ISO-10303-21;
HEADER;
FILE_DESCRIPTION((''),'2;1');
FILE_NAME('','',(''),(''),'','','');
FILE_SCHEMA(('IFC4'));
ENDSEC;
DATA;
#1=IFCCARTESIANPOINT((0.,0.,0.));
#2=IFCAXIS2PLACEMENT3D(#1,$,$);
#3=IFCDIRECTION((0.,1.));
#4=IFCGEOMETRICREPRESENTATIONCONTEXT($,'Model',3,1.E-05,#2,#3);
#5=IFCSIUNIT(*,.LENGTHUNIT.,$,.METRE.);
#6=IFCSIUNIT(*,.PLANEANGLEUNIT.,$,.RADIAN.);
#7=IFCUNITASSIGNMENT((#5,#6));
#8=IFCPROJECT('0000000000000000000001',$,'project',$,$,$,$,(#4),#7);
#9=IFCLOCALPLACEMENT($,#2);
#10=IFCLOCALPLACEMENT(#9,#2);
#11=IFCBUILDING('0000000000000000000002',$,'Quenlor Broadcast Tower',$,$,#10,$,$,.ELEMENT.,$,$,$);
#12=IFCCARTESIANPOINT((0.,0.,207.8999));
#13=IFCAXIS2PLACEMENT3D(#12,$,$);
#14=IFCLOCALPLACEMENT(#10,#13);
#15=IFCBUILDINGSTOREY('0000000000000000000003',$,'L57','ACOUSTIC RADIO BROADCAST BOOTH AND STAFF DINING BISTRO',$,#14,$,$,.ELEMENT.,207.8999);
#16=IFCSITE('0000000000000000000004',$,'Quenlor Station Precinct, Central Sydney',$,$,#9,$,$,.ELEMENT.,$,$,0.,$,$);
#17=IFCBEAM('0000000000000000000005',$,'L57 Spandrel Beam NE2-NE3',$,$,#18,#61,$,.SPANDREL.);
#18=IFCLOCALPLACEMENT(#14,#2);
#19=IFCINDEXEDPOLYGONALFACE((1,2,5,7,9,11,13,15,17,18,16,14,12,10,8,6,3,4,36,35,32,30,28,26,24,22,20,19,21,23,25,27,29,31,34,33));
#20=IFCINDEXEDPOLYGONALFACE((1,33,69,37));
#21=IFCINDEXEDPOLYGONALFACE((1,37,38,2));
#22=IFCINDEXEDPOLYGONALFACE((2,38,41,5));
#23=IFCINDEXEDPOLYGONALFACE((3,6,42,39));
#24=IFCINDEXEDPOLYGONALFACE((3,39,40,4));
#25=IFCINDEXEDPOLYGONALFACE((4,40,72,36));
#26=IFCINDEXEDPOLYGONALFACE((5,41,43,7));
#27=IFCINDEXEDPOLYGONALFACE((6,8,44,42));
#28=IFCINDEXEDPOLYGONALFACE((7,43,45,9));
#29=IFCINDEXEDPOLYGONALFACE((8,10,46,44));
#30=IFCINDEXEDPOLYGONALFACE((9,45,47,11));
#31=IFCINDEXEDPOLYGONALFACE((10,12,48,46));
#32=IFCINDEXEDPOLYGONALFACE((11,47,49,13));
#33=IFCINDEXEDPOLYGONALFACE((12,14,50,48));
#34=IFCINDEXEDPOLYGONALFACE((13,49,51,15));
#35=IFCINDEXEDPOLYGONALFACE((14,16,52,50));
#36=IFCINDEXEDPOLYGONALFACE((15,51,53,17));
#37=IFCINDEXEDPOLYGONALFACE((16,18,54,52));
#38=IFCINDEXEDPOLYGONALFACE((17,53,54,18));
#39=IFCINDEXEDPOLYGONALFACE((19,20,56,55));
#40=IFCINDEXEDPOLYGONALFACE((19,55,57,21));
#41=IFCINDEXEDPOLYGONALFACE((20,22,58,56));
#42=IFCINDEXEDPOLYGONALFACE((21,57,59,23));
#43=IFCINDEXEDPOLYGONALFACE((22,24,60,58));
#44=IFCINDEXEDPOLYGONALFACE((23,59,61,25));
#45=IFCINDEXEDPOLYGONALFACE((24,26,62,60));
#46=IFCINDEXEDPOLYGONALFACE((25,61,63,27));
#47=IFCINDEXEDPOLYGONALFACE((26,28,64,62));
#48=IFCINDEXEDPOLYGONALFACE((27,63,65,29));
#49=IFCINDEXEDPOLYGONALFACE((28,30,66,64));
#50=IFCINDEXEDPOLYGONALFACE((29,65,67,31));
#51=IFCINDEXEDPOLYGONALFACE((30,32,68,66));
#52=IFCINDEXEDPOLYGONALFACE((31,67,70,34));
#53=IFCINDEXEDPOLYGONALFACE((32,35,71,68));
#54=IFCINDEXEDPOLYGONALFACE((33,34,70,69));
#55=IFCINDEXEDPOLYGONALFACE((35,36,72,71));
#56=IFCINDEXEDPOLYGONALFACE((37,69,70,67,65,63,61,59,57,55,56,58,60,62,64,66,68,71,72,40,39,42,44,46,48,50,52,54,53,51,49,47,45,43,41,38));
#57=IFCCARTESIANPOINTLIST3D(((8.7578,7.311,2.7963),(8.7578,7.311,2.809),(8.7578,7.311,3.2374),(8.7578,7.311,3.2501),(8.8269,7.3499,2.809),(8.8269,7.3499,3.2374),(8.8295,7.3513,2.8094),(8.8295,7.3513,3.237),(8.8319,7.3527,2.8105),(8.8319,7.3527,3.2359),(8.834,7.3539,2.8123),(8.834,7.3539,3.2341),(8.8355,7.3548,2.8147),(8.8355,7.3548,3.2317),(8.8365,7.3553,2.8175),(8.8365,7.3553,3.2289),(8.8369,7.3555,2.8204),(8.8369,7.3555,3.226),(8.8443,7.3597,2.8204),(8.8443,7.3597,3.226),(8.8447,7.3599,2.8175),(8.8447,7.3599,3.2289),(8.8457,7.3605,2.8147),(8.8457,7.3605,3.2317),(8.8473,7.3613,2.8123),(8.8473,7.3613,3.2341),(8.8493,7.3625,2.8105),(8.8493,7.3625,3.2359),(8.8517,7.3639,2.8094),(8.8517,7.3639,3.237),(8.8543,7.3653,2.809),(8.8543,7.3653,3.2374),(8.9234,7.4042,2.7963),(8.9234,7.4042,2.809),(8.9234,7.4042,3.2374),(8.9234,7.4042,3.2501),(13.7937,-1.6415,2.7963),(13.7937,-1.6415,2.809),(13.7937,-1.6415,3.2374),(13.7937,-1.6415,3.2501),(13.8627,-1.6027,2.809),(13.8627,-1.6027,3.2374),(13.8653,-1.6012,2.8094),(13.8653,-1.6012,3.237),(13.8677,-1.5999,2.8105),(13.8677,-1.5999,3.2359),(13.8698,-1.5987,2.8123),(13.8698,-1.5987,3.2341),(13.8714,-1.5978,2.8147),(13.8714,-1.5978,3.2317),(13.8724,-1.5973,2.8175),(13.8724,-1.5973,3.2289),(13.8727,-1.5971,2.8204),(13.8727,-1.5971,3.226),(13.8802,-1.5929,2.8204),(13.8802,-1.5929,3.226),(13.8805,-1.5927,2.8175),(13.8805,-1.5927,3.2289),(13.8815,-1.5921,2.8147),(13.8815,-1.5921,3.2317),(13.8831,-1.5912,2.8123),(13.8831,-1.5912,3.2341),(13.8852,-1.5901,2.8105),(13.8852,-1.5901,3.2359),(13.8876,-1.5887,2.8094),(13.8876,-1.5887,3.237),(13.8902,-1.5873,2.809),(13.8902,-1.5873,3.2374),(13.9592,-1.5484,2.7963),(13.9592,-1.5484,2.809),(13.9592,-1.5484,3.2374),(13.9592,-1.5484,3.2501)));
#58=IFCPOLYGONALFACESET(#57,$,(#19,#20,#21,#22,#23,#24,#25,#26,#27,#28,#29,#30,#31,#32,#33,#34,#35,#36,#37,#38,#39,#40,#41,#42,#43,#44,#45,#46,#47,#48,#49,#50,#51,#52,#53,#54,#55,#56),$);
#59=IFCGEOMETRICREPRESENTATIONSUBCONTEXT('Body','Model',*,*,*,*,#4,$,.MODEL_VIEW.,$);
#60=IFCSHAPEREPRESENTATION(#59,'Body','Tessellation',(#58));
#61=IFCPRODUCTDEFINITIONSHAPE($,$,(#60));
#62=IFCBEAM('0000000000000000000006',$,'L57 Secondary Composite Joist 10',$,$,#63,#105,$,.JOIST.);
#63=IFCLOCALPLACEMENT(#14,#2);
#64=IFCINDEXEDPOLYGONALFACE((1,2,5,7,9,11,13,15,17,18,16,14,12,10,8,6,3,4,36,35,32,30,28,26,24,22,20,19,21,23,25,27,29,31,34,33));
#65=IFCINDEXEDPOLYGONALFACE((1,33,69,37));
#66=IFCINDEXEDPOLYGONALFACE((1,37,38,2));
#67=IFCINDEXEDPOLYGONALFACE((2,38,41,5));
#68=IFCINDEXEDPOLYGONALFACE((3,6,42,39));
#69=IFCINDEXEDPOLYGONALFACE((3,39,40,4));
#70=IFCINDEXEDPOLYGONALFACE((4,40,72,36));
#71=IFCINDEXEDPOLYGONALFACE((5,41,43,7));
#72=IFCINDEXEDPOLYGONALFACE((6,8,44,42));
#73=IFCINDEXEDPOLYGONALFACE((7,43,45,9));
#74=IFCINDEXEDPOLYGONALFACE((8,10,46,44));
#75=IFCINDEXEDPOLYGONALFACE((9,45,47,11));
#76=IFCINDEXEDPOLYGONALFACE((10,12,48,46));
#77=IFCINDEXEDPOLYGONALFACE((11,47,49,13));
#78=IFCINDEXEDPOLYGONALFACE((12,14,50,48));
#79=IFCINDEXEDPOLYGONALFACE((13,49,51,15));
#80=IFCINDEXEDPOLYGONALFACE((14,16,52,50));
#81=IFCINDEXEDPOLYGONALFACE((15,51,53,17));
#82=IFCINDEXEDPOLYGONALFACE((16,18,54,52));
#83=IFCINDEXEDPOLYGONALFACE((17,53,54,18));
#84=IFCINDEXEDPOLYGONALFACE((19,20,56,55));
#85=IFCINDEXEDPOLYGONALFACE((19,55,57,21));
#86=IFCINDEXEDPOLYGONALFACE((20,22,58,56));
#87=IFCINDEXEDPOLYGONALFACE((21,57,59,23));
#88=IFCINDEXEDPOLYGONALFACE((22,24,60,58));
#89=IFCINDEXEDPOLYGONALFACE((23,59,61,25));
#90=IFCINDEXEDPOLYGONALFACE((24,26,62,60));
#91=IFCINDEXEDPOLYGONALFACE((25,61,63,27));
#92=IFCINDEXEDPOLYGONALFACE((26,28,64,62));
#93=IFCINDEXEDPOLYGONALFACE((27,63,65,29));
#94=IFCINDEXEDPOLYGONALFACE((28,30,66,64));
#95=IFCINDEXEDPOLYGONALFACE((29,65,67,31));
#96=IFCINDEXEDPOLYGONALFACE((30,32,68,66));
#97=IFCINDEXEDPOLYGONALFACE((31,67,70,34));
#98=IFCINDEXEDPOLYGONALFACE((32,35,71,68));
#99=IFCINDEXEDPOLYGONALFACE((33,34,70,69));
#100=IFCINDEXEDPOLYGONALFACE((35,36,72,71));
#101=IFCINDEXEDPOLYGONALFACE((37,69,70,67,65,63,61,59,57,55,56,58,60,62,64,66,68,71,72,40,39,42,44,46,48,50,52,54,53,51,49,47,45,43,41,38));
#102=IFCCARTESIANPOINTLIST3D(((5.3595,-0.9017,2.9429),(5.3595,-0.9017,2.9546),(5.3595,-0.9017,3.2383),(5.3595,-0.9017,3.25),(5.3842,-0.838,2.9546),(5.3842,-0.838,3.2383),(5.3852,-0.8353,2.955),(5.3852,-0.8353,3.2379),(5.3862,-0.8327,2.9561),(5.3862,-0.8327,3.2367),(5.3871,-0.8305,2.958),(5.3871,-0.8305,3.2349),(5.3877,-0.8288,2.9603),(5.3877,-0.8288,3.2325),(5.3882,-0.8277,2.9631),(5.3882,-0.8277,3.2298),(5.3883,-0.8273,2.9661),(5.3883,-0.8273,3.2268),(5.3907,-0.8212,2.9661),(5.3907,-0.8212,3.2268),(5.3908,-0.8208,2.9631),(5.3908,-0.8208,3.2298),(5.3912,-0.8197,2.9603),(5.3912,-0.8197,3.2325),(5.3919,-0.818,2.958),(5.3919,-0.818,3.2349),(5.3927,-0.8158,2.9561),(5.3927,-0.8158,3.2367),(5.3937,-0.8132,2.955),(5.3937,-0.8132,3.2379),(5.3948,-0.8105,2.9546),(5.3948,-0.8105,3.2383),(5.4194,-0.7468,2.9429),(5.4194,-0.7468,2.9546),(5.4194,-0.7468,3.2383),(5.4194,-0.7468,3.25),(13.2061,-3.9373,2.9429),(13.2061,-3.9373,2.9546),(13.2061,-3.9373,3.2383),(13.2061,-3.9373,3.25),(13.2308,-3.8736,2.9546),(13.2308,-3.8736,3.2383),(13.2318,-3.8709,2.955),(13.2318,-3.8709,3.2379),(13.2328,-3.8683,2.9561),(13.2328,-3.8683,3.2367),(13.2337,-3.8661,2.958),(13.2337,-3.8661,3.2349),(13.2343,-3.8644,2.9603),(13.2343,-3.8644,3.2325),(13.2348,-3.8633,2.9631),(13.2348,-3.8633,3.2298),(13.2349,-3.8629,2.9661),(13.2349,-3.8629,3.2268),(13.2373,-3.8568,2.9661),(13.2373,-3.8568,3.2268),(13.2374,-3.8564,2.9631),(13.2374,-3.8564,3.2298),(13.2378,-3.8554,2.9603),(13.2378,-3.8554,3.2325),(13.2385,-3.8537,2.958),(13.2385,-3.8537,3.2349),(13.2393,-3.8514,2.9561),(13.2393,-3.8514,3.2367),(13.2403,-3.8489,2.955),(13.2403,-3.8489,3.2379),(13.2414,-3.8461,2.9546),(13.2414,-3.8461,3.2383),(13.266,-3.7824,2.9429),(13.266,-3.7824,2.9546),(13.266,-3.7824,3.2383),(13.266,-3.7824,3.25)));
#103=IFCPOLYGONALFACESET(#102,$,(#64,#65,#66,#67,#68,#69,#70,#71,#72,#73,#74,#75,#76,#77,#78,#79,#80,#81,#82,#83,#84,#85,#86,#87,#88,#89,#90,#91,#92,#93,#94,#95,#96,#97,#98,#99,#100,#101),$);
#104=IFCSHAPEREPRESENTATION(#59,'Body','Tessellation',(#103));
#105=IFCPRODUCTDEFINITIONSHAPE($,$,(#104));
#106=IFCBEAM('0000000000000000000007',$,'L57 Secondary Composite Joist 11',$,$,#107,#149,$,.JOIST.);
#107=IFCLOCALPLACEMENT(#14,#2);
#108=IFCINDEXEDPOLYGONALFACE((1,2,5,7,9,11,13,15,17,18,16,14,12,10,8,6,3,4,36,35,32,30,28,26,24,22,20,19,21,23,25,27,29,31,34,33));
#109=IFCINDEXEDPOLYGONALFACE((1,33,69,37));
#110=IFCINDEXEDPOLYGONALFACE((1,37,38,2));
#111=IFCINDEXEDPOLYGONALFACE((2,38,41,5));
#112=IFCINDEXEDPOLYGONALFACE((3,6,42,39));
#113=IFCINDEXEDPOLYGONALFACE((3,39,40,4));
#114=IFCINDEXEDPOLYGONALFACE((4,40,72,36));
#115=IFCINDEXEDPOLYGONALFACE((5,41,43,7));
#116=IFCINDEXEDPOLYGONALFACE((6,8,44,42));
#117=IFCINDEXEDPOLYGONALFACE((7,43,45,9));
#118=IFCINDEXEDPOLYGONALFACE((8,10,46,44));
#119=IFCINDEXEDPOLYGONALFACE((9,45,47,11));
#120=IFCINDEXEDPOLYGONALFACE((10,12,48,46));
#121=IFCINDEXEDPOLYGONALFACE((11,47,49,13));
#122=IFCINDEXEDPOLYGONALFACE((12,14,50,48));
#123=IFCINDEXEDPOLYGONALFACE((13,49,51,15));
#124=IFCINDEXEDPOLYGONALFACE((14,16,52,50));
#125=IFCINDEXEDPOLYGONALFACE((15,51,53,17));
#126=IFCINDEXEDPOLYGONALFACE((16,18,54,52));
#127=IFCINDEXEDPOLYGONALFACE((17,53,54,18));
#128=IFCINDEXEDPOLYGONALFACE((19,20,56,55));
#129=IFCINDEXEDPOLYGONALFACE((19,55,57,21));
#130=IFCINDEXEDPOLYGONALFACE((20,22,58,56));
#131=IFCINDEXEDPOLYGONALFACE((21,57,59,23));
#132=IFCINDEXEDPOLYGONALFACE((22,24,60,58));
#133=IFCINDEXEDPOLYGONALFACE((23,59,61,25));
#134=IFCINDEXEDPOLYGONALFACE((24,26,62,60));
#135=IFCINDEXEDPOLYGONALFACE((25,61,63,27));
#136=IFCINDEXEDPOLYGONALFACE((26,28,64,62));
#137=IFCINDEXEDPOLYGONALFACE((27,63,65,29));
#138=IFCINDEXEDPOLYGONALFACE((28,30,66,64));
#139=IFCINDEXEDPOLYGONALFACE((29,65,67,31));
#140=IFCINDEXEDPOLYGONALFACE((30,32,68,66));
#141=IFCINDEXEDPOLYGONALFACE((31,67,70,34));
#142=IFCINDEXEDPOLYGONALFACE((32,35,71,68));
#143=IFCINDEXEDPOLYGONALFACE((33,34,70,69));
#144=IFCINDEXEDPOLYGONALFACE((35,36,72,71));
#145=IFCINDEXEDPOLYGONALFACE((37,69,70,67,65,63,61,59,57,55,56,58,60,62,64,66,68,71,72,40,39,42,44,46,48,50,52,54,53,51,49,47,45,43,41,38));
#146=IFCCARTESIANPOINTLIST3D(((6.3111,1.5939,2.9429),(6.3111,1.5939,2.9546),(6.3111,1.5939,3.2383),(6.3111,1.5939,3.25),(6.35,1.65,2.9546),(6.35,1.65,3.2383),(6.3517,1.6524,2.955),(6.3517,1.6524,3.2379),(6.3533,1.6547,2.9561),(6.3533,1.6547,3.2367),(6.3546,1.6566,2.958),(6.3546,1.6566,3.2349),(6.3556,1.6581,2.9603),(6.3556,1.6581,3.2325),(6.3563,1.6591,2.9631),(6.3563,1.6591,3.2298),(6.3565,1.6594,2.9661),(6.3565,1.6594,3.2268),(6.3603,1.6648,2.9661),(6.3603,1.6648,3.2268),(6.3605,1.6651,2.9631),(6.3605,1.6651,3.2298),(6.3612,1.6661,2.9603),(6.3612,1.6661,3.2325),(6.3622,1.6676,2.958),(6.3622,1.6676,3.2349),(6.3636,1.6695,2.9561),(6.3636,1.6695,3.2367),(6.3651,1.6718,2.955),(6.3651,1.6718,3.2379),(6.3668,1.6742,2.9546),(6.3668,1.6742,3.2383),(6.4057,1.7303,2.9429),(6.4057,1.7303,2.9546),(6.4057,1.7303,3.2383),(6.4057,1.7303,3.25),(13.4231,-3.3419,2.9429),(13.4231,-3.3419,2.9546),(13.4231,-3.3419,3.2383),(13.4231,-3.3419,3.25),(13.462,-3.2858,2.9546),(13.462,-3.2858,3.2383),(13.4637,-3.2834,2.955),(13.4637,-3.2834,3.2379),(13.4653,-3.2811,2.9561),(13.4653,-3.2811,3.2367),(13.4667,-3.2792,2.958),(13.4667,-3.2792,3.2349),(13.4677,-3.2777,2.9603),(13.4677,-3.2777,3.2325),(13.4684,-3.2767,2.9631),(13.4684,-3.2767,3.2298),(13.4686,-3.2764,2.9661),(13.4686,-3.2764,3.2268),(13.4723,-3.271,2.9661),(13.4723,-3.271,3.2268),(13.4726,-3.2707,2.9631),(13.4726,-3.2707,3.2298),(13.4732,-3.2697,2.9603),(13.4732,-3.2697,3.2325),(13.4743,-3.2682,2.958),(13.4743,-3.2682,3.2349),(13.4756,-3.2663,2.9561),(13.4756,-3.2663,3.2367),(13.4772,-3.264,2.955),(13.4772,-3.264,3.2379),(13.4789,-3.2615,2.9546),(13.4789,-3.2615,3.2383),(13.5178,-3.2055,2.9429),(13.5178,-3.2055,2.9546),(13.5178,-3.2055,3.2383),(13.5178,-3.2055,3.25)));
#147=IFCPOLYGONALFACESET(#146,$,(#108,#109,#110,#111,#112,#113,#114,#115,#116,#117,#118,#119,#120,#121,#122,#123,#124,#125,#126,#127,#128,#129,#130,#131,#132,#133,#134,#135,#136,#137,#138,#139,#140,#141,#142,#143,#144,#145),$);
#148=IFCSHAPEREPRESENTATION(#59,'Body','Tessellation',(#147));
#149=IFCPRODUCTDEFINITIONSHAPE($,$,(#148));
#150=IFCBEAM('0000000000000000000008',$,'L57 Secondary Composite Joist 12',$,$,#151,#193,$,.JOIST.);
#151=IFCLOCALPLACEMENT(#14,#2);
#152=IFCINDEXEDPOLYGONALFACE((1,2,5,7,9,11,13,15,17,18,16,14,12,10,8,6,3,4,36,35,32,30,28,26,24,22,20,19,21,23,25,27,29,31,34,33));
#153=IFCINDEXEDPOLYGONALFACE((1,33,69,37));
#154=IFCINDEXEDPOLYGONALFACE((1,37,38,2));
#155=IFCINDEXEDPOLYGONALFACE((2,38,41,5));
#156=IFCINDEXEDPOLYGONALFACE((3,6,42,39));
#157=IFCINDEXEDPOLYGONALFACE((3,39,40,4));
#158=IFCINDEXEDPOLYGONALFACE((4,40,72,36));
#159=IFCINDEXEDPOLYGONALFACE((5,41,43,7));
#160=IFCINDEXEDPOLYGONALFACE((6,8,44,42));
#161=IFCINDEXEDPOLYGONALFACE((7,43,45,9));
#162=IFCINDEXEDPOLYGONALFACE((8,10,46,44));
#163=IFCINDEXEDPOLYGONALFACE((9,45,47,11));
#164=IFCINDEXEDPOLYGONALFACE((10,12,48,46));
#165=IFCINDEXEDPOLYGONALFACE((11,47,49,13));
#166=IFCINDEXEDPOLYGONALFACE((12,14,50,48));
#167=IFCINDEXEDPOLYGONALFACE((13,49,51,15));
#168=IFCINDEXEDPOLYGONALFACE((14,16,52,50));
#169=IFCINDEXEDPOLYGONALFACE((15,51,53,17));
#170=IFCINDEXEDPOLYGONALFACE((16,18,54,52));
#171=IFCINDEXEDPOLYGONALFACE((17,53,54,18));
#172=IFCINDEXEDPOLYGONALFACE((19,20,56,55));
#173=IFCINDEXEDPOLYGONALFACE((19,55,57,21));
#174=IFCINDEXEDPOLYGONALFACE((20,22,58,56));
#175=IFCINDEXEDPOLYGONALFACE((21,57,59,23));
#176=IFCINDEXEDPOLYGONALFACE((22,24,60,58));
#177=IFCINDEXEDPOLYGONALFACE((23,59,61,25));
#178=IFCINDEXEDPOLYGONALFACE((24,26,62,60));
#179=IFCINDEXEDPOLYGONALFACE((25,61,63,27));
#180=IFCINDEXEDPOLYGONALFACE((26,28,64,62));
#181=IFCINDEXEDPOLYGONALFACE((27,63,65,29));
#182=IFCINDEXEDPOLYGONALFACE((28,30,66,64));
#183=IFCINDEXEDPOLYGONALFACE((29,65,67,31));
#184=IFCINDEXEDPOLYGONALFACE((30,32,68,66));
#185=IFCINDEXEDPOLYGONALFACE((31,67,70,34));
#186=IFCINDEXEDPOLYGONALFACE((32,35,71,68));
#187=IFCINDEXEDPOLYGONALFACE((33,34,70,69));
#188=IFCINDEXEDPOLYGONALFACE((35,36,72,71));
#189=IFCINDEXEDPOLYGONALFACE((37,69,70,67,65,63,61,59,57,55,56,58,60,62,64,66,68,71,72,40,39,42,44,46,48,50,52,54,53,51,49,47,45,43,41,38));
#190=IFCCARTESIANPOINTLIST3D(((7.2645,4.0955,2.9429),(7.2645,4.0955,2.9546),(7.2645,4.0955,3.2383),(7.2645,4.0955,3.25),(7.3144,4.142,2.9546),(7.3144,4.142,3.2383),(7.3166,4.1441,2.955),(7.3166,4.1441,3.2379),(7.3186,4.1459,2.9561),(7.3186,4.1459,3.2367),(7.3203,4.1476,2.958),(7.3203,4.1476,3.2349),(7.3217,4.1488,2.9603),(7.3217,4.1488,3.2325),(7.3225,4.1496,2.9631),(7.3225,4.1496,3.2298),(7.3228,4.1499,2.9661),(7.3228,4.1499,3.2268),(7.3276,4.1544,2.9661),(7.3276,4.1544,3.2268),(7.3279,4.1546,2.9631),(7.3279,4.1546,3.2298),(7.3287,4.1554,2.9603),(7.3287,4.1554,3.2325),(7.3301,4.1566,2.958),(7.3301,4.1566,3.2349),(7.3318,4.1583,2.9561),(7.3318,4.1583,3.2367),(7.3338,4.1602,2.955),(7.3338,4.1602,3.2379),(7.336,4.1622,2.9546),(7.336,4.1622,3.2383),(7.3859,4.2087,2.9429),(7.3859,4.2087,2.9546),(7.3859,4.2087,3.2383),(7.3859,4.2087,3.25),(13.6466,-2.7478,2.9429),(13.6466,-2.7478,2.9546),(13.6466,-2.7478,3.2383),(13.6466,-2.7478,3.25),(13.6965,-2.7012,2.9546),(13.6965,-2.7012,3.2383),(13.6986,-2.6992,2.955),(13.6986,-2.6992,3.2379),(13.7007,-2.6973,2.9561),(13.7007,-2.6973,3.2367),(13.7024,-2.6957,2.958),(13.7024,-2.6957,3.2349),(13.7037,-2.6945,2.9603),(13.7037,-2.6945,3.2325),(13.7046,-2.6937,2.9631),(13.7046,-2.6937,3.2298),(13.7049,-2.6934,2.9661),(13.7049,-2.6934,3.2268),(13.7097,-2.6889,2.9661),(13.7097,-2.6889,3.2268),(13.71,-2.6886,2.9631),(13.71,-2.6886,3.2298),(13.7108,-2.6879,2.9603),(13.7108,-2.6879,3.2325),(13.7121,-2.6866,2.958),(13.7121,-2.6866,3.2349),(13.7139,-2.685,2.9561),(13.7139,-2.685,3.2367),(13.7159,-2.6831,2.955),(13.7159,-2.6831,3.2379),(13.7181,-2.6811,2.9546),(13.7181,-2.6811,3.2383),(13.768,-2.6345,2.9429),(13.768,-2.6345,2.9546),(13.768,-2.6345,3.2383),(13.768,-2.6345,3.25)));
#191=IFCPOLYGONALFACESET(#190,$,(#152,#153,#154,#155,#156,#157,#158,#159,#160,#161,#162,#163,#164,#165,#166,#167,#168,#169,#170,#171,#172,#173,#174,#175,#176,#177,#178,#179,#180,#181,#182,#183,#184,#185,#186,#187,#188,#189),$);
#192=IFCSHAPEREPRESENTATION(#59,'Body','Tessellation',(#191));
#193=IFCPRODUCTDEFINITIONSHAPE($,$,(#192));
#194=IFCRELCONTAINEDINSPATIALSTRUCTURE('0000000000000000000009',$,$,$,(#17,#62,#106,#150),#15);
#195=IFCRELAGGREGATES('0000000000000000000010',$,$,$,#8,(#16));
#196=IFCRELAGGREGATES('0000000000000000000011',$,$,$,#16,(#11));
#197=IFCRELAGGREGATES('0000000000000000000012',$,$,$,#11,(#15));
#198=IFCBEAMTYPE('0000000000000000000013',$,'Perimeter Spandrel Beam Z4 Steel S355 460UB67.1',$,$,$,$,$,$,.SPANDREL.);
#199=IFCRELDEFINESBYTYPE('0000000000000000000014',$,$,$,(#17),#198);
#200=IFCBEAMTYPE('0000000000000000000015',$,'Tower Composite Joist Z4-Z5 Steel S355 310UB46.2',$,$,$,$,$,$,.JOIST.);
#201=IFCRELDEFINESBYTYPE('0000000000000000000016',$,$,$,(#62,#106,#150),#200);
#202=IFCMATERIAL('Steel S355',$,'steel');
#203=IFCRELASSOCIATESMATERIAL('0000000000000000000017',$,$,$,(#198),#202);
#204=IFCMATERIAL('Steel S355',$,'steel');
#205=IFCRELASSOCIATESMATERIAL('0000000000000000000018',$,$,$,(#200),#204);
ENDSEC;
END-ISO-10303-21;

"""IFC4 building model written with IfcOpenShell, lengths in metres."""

from ifc_helpers import new_model, si_unit, direction, frame, origin, origin_2d, place, context, subcontext, project, spatial, i_section, extrude, material, material_profile, profile_set, type_object, element, save


model = new_model("IFC4")

# Units and contexts
model_context = context("Model", 3, precision=1e-05, world=origin(), true_north=direction((0.0, 1.0)))
body_context = subcontext(model_context, "Body", "Model", "MODEL_VIEW")
ifc_project = project(units=[si_unit("LENGTHUNIT", "METRE"), si_unit("PLANEANGLEUNIT", "RADIAN")], contexts=[model_context])

# Site, building, storey
site_placement = place(None, origin())
site = spatial("IfcSite", under=ifc_project, at=site_placement, Name="Quenlor Station Precinct, Central Sydney", CompositionType="ELEMENT", RefElevation=0.0)
building_placement = place(site_placement, origin())
building = spatial("IfcBuilding", under=site, at=building_placement, Name="Quenlor Broadcast Tower", CompositionType="ELEMENT")
storey_placement = place(building_placement, frame((0.0, 0.0, 207.8999)))
storey = spatial("IfcBuildingStorey", under=building, at=storey_placement, Name="L57", Description="ACOUSTIC RADIO BROADCAST BOOTH AND STAFF DINING BISTRO", CompositionType="ELEMENT", Elevation=207.8999)

# Beams
ifc_material_1 = material(Name="Steel S355", Category="steel")
ifc_material_profile_1 = material_profile(ifc_material_1, i_section(OverallWidth=0.1899, OverallDepth=0.4539, WebThickness=0.0085, FlangeThickness=0.0127, FilletRadius=0.0115, at=origin_2d()))
ifc_profile_set_1 = profile_set([ifc_material_profile_1], Name="Steel S355 460UB67.1")
beam_type_1 = type_object("IfcBeamType", Name="Perimeter Spandrel Beam Z4 Steel S355 460UB67.1", PredefinedType="SPANDREL", material=ifc_profile_set_1)
beam_1_placement = place(storey_placement, frame((13.8765, -1.595, 3.0232), z_axis=(-0.490263, 0.871574, 0.0), x_axis=(-0.871574, -0.490263, 0.0)))
element("IfcBeam", 1, at=beam_1_placement, inside=storey, type_object=beam_type_1, Name="L57 Spandrel Beam NE2-NE3", PredefinedType="SPANDREL", context=body_context, shape_type="SweptSolid", body=[
    extrude(i_section(OverallWidth=0.1899, OverallDepth=0.4539, WebThickness=0.0085, FlangeThickness=0.0127, FilletRadius=0.0115, at=origin_2d()), origin(), (0.0, 0.0, 1.0), 10.2717),
])
ifc_material_2 = material(Name="Steel S355", Category="steel")
ifc_material_profile_2 = material_profile(ifc_material_2, i_section(OverallWidth=0.166, OverallDepth=0.3071, WebThickness=0.0066, FlangeThickness=0.0117, FilletRadius=0.0115, at=origin_2d()))
ifc_profile_set_2 = profile_set([ifc_material_profile_2], Name="Steel S355 310UB46.2")
beam_type_2 = type_object("IfcBeamType", Name="Tower Composite Joist Z4-Z5 Steel S355 310UB46.2", PredefinedType="JOIST", material=ifc_profile_set_2)
beam_2_placement = place(storey_placement, frame((13.2361, -3.8599, 3.0964), z_axis=(-0.932639, 0.36081, 0.0), x_axis=(-0.36081, -0.932639, 0.0)))
element("IfcBeam", 2, at=beam_2_placement, inside=storey, type_object=beam_type_2, Name="L57 Secondary Composite Joist 10", PredefinedType="JOIST", context=body_context, shape_type="SweptSolid", body=[
    extrude(i_section(OverallWidth=0.166, OverallDepth=0.3071, WebThickness=0.0066, FlangeThickness=0.0117, FilletRadius=0.0115, at=origin_2d()), origin(), (0.0, 0.0, 1.0), 8.4133),
])
beam_3_placement = place(storey_placement, frame((13.4705, -3.2737, 3.0964), z_axis=(-0.82154, 0.570151, 0.0), x_axis=(-0.570151, -0.82154, 0.0)))
element("IfcBeam", 3, at=beam_3_placement, inside=storey, type_object=beam_type_2, Name="L57 Secondary Composite Joist 11", PredefinedType="JOIST", context=body_context, shape_type="SweptSolid", body=[
    extrude(i_section(OverallWidth=0.166, OverallDepth=0.3071, WebThickness=0.0066, FlangeThickness=0.0117, FilletRadius=0.0115, at=origin_2d()), origin(), (0.0, 0.0, 1.0), 8.657),
])
beam_4_placement = place(storey_placement, frame((13.7073, -2.6912, 3.0964), z_axis=(-0.682035, 0.73132, 0.0), x_axis=(-0.73132, -0.682035, 0.0)))
element("IfcBeam", 4, at=beam_4_placement, inside=storey, type_object=beam_type_2, Name="L57 Secondary Composite Joist 12", PredefinedType="JOIST", context=body_context, shape_type="SweptSolid", body=[
    extrude(i_section(OverallWidth=0.166, OverallDepth=0.3071, WebThickness=0.0066, FlangeThickness=0.0117, FilletRadius=0.0115, at=origin_2d()), origin(), (0.0, 0.0, 1.0), 9.3574),
])

save(model, "model.ifc")
